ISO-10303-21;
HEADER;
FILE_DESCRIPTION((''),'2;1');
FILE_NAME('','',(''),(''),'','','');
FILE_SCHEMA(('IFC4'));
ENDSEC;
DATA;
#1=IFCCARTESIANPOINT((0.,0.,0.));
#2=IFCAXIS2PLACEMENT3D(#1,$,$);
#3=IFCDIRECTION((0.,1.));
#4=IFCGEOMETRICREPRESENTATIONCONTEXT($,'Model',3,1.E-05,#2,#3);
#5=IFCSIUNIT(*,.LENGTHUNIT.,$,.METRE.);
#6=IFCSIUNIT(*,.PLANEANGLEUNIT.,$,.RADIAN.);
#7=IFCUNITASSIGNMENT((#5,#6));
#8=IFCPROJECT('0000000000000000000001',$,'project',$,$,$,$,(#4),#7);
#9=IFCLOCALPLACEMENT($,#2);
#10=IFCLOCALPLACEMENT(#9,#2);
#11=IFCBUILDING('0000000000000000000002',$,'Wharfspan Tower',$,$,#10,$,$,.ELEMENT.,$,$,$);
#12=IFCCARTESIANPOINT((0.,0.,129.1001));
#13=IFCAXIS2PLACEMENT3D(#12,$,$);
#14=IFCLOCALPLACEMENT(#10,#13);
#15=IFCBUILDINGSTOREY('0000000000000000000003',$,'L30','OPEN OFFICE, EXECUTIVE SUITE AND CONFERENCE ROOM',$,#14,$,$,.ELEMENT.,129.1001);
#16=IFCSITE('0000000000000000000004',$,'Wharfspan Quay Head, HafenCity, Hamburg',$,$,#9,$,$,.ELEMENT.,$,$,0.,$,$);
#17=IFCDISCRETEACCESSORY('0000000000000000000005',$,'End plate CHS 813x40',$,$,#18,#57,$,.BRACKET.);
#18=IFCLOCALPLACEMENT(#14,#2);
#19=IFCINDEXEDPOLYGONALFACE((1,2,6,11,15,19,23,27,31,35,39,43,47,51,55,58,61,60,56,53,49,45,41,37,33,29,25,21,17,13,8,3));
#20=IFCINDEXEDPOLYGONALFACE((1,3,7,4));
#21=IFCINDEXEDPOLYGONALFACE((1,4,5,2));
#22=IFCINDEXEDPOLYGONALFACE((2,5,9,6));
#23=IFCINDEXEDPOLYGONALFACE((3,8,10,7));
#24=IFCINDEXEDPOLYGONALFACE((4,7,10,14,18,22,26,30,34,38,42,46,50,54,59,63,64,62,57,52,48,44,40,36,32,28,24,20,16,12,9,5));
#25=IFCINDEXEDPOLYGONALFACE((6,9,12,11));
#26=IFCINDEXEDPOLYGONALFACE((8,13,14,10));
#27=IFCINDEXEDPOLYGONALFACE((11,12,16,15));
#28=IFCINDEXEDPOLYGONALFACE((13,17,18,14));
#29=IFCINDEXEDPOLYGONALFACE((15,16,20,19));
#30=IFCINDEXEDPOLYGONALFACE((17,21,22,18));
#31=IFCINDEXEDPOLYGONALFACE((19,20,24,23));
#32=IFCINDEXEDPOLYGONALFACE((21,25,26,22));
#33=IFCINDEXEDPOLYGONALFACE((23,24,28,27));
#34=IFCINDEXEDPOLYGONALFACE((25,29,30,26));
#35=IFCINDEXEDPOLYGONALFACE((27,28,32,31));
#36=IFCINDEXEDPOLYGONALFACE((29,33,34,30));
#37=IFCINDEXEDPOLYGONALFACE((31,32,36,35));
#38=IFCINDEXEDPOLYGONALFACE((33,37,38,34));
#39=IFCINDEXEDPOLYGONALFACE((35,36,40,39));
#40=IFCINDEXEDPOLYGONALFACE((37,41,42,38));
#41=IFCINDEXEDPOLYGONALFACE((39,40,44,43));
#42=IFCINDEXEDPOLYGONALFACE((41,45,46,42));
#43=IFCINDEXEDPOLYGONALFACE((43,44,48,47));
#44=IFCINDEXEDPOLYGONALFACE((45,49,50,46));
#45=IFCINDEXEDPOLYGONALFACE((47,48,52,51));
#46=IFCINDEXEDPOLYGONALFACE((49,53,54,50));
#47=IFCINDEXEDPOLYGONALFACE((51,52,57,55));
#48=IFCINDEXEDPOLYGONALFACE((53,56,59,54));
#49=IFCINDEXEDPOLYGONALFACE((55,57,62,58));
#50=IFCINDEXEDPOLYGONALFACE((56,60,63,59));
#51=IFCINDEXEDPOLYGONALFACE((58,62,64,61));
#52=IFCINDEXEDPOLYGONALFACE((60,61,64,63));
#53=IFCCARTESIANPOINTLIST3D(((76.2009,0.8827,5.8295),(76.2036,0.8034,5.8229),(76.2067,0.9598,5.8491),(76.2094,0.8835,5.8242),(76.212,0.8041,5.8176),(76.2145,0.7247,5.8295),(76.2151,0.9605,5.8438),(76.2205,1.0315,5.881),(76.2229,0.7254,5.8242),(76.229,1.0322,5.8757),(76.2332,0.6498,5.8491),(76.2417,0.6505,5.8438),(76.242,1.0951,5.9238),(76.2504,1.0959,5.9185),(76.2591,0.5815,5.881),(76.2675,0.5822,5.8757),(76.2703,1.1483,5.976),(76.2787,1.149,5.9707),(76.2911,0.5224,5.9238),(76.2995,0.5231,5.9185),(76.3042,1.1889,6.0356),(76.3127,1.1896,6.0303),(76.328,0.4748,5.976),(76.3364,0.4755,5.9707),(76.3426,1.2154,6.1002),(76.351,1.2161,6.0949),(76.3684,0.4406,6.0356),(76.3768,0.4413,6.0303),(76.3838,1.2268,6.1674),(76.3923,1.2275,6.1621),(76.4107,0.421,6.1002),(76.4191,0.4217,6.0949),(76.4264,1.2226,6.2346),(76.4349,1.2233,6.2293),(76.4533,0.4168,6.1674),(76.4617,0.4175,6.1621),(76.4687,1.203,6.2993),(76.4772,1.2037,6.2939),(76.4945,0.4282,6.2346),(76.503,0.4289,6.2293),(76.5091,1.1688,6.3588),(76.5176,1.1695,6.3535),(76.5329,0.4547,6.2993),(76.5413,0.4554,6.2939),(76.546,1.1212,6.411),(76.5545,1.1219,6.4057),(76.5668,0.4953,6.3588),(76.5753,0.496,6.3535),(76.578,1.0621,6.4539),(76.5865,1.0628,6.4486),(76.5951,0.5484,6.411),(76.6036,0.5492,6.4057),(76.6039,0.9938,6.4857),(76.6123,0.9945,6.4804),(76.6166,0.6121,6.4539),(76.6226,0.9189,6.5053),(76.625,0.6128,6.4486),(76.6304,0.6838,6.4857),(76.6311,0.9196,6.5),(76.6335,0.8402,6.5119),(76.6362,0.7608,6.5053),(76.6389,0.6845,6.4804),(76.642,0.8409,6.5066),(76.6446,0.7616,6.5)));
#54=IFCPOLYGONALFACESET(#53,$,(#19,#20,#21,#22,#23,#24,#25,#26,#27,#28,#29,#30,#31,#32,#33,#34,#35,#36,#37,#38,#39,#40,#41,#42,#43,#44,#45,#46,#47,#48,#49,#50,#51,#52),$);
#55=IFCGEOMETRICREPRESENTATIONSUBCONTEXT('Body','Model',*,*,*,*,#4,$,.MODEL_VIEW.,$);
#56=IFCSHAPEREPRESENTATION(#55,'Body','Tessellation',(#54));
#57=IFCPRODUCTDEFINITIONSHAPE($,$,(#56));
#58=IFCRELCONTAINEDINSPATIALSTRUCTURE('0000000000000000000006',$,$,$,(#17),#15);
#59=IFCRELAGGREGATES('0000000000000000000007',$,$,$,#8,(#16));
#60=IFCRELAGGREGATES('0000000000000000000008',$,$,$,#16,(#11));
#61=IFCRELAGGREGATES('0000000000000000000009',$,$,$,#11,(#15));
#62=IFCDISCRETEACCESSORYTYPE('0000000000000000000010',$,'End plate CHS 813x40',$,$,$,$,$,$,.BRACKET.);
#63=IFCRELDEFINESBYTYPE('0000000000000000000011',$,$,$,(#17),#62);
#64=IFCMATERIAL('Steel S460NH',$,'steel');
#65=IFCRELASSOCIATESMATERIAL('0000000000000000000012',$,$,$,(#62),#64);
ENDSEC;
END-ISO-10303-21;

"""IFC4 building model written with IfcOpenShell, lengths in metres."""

from ifc_helpers import new_model, si_unit, direction, frame, origin, origin_2d, place, context, subcontext, project, spatial, circle, extrude, material, material_profile, profile_set, type_object, element, save


model = new_model("IFC4")

# Units and contexts
model_context = context("Model", 3, precision=1e-05, world=origin(), true_north=direction((0.0, 1.0)))
body_context = subcontext(model_context, "Body", "Model", "MODEL_VIEW")
ifc_project = project(units=[si_unit("LENGTHUNIT", "METRE"), si_unit("PLANEANGLEUNIT", "RADIAN")], contexts=[model_context])

# Site, building, storey
site_placement = place(None, origin())
site = spatial("IfcSite", under=ifc_project, at=site_placement, Name="Wharfspan Quay Head, HafenCity, Hamburg", CompositionType="ELEMENT", RefElevation=0.0)
building_placement = place(site_placement, origin())
building = spatial("IfcBuilding", under=site, at=building_placement, Name="Wharfspan Tower", CompositionType="ELEMENT")
storey_placement = place(building_placement, frame((0.0, 0.0, 129.1001)))
storey = spatial("IfcBuildingStorey", under=building, at=storey_placement, Name="L30", Description="OPEN OFFICE, EXECUTIVE SUITE AND CONFERENCE ROOM", CompositionType="ELEMENT", Elevation=129.1001)

# Discrete accessory
ifc_material_1 = material(Name="Steel S460NH", Category="steel")
ifc_material_profile_1 = material_profile(ifc_material_1, circle(Radius=0.4065, at=origin_2d()))
ifc_profile_set_1 = profile_set([ifc_material_profile_1], Name="Steel S460NH")
discrete_accessory_type = type_object("IfcDiscreteAccessoryType", Name="End plate CHS 813x40", PredefinedType="BRACKET", material=ifc_profile_set_1)
for number, where, z_axis, x_axis, name in (
    (1, (76.427, 0.8225, 6.1621), (-0.844416, -0.072379, 0.530776), (0.085402, -0.99635, 0.0), "End plate CHS 813x40"),
):
    element("IfcDiscreteAccessory", number, at=place(storey_placement, frame(where, z_axis=z_axis, x_axis=x_axis)), inside=storey, type_object=discrete_accessory_type, Name=name, PredefinedType="BRACKET", context=body_context, shape_type="SweptSolid", body=[
        extrude(circle(Radius=0.4065, at=origin_2d()), origin(), (0.0, 0.0, 1.0), 0.01),
    ])

save(model, "model.ifc")
